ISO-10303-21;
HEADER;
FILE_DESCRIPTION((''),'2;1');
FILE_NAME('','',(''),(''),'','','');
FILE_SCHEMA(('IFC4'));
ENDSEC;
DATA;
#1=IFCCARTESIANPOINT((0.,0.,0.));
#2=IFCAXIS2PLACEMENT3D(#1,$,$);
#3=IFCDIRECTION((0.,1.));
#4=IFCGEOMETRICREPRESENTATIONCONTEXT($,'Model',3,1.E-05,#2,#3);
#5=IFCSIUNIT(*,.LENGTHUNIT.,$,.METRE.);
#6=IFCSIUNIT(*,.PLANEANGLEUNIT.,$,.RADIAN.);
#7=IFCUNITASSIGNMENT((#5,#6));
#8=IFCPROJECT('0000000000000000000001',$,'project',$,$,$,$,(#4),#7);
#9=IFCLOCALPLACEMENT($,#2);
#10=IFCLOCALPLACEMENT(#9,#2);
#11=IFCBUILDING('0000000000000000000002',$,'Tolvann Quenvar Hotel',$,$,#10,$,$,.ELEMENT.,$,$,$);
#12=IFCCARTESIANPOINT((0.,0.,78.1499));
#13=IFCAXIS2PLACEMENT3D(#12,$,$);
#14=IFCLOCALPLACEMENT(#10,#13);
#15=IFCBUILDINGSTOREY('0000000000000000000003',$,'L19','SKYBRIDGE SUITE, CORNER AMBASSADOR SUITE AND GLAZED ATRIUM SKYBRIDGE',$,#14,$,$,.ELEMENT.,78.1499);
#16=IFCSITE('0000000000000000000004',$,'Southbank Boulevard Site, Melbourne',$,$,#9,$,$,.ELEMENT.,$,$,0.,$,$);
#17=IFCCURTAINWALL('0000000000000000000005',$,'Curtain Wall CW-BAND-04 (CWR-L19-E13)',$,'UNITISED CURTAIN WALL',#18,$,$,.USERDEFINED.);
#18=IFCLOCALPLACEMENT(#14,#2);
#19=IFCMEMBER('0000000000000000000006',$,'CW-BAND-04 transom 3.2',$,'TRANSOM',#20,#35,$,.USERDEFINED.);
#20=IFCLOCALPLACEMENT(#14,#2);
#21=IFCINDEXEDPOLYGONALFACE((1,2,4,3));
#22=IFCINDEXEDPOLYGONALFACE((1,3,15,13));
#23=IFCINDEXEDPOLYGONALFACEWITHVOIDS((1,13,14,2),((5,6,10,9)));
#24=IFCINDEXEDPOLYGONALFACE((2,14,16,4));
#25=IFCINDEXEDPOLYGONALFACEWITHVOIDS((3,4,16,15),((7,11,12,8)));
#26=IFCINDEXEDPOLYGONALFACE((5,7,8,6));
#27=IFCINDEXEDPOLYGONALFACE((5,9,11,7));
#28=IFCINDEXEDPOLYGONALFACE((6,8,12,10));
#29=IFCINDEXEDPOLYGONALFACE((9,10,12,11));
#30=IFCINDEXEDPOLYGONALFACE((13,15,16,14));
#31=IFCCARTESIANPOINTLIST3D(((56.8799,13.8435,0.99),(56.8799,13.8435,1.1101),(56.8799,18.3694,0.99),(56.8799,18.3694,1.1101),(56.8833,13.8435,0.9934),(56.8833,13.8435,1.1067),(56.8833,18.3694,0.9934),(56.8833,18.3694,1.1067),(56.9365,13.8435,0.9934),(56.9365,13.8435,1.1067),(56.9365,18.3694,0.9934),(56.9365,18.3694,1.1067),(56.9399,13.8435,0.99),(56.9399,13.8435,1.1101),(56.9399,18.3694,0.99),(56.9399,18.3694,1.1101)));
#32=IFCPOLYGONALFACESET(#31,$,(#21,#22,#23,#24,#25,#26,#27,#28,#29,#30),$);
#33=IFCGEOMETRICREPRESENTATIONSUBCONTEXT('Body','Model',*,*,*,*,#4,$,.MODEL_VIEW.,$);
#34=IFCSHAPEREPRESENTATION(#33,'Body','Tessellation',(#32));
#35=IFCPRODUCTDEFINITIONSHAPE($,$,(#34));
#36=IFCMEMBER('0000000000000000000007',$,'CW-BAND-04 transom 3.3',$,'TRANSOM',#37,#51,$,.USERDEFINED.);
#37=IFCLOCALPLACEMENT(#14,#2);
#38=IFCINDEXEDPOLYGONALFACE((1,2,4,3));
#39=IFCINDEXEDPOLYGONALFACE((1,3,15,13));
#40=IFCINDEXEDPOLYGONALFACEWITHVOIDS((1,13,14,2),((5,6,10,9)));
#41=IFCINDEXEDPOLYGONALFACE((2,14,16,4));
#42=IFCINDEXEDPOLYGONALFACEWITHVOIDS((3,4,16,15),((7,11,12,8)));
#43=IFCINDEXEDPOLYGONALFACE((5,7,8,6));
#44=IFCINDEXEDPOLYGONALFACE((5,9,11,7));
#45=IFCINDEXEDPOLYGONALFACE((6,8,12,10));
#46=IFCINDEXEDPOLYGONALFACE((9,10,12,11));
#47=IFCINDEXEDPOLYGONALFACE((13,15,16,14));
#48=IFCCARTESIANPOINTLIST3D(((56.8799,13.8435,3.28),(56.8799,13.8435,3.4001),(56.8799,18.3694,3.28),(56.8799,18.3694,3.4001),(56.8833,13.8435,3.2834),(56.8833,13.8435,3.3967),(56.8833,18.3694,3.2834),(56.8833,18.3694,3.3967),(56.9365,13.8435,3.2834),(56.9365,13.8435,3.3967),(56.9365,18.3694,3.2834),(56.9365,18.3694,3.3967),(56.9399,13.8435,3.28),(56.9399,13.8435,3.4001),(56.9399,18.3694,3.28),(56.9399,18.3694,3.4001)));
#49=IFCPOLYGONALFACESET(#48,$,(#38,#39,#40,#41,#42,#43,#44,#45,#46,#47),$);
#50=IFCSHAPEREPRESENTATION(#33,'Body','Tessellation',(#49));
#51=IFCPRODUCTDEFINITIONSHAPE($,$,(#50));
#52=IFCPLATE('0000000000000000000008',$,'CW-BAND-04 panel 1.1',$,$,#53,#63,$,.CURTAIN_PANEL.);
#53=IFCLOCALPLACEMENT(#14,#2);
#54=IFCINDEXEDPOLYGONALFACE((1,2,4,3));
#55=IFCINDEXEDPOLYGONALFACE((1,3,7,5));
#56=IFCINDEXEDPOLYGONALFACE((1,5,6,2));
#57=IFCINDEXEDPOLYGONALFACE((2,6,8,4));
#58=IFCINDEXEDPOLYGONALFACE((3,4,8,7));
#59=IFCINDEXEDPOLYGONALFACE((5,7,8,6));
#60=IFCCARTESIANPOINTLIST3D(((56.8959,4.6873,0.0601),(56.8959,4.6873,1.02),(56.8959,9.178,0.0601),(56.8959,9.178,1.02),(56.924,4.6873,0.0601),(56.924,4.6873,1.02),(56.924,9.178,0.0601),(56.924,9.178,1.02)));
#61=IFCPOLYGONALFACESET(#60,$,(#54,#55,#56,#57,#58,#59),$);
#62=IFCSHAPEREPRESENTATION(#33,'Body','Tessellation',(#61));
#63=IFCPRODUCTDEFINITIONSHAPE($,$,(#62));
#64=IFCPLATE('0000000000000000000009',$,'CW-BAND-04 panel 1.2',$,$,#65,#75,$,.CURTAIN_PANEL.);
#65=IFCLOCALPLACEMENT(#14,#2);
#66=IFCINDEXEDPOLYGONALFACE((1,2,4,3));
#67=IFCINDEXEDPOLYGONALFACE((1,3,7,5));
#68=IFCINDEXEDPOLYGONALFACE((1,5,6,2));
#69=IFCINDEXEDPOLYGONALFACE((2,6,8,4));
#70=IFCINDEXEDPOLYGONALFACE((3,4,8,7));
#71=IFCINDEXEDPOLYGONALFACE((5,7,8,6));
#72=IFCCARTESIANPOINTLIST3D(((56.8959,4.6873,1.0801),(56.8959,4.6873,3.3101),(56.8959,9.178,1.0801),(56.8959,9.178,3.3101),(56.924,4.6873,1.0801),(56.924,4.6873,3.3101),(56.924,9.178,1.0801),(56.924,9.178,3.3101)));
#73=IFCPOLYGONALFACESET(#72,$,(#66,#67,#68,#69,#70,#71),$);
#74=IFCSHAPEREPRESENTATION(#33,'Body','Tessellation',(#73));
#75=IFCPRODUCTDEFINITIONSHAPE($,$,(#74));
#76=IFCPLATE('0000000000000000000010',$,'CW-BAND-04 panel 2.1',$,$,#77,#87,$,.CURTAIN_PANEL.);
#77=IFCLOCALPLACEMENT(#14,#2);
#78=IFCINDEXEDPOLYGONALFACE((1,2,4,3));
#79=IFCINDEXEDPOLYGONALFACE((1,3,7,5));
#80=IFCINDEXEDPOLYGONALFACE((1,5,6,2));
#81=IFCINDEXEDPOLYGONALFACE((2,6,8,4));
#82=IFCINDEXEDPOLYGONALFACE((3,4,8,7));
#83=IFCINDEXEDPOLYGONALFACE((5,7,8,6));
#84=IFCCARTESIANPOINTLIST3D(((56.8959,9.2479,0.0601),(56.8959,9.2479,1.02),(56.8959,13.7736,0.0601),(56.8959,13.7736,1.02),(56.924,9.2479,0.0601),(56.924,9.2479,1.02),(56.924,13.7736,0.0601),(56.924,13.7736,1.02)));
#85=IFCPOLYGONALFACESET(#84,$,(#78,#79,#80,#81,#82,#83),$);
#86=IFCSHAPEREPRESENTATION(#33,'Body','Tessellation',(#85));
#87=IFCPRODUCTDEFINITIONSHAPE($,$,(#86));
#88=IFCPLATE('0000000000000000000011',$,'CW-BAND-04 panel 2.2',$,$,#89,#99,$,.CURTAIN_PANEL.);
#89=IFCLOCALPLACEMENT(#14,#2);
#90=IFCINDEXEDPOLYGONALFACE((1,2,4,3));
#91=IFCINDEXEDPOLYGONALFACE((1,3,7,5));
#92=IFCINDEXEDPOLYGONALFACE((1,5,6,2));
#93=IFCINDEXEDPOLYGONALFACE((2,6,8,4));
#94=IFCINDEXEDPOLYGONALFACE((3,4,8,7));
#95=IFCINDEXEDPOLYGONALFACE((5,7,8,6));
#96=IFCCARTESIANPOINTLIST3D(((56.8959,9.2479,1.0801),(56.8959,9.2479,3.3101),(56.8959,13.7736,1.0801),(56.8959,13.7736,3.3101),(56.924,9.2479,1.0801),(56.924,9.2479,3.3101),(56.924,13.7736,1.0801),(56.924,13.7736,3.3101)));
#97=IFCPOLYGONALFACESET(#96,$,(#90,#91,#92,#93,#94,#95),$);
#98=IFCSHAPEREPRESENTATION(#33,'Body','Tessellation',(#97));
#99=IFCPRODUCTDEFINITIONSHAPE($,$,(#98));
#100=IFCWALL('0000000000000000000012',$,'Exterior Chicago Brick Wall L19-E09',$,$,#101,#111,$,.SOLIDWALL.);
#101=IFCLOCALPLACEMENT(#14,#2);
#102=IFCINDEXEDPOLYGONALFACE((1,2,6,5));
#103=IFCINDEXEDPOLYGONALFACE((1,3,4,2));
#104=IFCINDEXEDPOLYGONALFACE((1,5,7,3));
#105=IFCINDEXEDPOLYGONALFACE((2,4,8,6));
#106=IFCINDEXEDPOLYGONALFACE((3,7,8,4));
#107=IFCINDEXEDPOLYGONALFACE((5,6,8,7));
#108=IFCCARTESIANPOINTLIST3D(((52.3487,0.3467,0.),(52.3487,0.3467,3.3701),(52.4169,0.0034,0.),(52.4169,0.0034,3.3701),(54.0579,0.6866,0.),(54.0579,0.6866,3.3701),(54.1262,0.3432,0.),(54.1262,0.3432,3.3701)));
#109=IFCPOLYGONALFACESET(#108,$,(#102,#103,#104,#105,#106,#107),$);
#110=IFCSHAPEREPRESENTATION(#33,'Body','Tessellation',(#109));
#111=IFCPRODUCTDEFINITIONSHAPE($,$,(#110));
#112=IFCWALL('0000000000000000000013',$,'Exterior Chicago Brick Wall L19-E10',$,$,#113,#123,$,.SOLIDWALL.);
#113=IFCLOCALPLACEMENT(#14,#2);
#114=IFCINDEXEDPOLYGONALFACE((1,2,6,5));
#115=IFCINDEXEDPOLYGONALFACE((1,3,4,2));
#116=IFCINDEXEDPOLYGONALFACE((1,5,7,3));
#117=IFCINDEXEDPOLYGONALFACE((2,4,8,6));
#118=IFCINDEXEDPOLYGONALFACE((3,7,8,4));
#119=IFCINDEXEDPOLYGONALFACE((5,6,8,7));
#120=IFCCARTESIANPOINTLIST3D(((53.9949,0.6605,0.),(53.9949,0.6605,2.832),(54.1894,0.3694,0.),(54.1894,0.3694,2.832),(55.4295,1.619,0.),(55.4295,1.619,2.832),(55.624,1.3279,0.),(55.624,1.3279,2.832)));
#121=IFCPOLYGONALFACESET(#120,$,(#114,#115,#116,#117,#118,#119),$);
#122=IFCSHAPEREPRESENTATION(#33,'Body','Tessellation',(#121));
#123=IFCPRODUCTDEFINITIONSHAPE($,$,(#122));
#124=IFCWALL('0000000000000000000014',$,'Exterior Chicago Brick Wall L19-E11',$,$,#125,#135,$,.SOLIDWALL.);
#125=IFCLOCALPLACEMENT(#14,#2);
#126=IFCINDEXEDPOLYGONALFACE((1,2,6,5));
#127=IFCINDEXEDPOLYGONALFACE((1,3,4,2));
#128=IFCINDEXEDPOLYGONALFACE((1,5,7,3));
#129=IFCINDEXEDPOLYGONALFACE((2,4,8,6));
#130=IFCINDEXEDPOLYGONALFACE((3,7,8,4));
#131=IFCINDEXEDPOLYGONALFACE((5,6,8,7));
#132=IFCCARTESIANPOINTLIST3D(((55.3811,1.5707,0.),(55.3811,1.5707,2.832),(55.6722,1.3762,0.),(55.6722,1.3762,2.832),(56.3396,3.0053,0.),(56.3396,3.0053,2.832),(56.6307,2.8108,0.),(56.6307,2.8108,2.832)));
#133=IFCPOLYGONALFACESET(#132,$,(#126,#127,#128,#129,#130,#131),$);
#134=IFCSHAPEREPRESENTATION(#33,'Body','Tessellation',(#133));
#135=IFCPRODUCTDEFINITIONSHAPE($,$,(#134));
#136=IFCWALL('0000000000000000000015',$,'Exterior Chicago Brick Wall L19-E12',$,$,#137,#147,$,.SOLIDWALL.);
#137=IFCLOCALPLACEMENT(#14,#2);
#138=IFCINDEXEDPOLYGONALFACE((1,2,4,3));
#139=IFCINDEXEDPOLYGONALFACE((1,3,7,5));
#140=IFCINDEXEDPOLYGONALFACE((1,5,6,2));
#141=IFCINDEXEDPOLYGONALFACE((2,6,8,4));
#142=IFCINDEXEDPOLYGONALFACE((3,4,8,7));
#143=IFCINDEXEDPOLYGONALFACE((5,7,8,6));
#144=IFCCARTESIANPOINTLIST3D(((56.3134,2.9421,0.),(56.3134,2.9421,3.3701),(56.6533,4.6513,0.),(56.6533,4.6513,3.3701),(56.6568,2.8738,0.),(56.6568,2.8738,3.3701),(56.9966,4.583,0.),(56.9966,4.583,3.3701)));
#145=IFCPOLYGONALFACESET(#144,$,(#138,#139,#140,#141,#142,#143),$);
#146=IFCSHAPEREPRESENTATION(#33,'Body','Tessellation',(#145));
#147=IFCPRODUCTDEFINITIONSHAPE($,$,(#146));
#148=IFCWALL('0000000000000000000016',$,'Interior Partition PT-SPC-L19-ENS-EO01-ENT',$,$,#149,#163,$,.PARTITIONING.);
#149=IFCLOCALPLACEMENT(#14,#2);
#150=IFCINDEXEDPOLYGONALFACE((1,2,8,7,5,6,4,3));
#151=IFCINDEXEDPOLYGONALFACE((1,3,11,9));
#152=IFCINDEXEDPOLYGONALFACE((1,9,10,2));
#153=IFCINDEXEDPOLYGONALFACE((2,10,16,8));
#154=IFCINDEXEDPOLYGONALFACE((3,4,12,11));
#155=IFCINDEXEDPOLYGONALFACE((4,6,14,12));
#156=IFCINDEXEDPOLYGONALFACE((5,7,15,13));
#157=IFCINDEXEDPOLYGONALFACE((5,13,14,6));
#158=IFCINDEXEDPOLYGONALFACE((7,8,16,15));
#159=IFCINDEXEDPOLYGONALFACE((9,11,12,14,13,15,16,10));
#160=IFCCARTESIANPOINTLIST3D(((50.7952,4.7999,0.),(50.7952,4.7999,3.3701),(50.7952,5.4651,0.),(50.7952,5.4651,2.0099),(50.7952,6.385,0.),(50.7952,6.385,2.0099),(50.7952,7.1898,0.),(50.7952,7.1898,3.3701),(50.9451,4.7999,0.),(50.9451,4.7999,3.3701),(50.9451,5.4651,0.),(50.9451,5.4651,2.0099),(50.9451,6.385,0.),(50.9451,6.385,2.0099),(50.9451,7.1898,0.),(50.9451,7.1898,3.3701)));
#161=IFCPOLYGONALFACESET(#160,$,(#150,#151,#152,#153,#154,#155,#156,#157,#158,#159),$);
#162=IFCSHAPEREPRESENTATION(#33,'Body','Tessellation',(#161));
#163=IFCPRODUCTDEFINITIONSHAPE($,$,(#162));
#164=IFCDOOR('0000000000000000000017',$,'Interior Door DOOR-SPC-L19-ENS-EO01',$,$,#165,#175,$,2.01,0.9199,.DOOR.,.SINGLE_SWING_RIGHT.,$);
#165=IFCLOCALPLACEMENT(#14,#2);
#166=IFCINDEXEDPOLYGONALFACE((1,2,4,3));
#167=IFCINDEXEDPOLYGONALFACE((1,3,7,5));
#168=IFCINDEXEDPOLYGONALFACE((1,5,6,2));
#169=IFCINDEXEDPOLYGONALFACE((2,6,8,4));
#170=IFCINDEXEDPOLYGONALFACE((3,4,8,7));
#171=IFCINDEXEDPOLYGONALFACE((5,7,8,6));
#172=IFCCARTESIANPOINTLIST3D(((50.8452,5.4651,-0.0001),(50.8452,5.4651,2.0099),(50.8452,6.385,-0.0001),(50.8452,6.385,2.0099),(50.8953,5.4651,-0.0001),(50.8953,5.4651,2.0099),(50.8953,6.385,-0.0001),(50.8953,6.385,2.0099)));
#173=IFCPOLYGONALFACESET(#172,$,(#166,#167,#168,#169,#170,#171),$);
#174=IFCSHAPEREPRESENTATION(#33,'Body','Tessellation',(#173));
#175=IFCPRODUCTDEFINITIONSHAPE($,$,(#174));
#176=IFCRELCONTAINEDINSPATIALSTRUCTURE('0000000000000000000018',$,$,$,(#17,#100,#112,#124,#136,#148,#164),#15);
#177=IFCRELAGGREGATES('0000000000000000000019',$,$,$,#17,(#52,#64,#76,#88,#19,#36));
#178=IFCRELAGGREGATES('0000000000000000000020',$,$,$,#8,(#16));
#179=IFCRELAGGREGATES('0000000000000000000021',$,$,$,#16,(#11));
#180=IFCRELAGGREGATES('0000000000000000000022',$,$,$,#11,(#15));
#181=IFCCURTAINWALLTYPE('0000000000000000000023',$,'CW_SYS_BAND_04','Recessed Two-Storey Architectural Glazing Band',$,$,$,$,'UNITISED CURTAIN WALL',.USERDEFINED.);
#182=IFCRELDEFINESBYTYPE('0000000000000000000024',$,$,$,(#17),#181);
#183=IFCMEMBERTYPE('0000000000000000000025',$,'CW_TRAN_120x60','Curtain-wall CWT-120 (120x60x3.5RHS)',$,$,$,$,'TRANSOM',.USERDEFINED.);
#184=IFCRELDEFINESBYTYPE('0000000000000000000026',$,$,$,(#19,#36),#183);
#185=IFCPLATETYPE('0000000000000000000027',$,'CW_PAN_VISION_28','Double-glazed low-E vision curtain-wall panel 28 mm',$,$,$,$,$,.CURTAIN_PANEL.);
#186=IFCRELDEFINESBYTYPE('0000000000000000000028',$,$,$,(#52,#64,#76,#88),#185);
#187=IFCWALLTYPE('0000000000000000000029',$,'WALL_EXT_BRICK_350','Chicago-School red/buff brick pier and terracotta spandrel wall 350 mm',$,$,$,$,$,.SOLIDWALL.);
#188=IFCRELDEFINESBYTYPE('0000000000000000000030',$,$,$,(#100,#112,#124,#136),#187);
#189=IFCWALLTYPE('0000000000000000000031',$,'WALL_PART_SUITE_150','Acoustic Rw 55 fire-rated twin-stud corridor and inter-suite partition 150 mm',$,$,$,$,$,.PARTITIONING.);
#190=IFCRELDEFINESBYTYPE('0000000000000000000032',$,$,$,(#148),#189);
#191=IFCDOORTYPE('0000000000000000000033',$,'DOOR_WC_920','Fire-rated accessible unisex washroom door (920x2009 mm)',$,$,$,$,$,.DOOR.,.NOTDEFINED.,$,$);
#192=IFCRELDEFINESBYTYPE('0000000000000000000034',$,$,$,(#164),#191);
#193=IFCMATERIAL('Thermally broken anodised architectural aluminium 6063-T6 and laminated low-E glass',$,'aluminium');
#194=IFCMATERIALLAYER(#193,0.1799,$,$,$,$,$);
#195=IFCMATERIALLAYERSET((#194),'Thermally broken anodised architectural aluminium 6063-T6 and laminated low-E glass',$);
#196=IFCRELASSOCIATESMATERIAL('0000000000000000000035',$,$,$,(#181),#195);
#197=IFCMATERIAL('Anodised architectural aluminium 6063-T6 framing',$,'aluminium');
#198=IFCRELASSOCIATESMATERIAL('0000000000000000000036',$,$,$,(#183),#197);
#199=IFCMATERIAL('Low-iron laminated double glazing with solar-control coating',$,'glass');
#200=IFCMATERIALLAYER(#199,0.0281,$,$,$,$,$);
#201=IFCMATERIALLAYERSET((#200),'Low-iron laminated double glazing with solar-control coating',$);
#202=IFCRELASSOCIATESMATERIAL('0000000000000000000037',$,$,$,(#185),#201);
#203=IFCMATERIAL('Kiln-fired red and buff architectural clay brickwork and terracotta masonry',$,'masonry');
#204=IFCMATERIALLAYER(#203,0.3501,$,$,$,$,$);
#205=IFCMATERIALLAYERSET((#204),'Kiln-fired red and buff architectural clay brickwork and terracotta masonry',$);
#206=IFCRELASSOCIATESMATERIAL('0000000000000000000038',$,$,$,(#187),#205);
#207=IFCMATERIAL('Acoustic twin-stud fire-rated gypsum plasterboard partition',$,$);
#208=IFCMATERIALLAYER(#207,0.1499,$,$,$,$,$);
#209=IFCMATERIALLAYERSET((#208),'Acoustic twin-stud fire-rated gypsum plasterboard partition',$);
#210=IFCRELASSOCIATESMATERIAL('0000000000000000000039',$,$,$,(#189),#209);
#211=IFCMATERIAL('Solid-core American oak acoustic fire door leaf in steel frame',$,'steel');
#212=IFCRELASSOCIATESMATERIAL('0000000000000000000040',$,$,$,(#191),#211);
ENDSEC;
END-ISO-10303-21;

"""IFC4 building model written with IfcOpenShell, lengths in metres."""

from ifc_helpers import new_model, si_unit, direction, frame, frame_2d, origin, origin_2d, place, context, subcontext, project, spatial, rectangle, hollow_rectangle, extrude, source, transform, mapped, material, layer, layer_set, material_profile, profile_set, type_object, type_shapes, element, fill, aggregate, save


model = new_model("IFC4")

# Units and contexts
model_context = context("Model", 3, precision=1e-05, world=origin(), true_north=direction((0.0, 1.0)))
body_context = subcontext(model_context, "Body", "Model", "MODEL_VIEW")
ifc_project = project(units=[si_unit("LENGTHUNIT", "METRE"), si_unit("PLANEANGLEUNIT", "RADIAN")], contexts=[model_context])

# Site, building, storey
site_placement = place(None, origin())
site = spatial("IfcSite", under=ifc_project, at=site_placement, Name="Southbank Boulevard Site, Melbourne", CompositionType="ELEMENT", RefElevation=0.0)
building_placement = place(site_placement, origin())
building = spatial("IfcBuilding", under=site, at=building_placement, Name="Tolvann Quenvar Hotel", CompositionType="ELEMENT")
storey_placement = place(building_placement, frame((0.0, 0.0, 78.1499)))
storey = spatial("IfcBuildingStorey", under=building, at=storey_placement, Name="L19", Description="SKYBRIDGE SUITE, CORNER AMBASSADOR SUITE AND GLAZED ATRIUM SKYBRIDGE", CompositionType="ELEMENT", Elevation=78.1499)

# Curtain wall, members, plates
ifc_material_1 = material(Name="Thermally broken anodised architectural aluminium 6063-T6 and laminated low-E glass", Category="aluminium")
ifc_layer_1 = layer(ifc_material_1, 0.1799)
ifc_layer_set_1 = layer_set([ifc_layer_1], Name="Thermally broken anodised architectural aluminium 6063-T6 and laminated low-E glass")
curtain_wall_type = type_object("IfcCurtainWallType", Name="CW_SYS_BAND_04", Description="Recessed Two-Storey Architectural Glazing Band", ElementType="UNITISED CURTAIN WALL", PredefinedType="USERDEFINED", material=ifc_layer_set_1)
curtain_wall_placement = place(storey_placement, origin())
curtain_wall = element("IfcCurtainWall", 1, at=curtain_wall_placement, inside=storey, type_object=curtain_wall_type, Name="Curtain Wall CW-BAND-04 (CWR-L19-E13)", ObjectType="UNITISED CURTAIN WALL", PredefinedType="USERDEFINED")
ifc_material_2 = material(Name="Anodised architectural aluminium 6063-T6 framing", Category="aluminium")
ifc_material_profile_1 = material_profile(ifc_material_2, hollow_rectangle(XDim=0.0601, YDim=0.1201, WallThickness=0.0034, at=origin_2d()), Name="120x60x3.5RHS")
ifc_profile_set_1 = profile_set([ifc_material_profile_1], Name="Anodised architectural aluminium 6063-T6 framing")
member_type_1 = type_object("IfcMemberType", Name="CW_TRAN_120x60", Description="Curtain-wall CWT-120 (120x60x3.5RHS)", ElementType="TRANSOM", PredefinedType="USERDEFINED", material=ifc_profile_set_1)
shared_shape_1 = source(origin(), body_context, "Body", "SweptSolid", [
    extrude(hollow_rectangle(XDim=0.0601, YDim=0.1201, WallThickness=0.0034, at=origin_2d()), origin(), (0.0, 0.0, 1.0), 4.5259),
])
member_1_placement = place(storey_placement, frame((56.9099, 13.8435, 1.05), z_axis=(0.0, 1.0, 0.0), x_axis=(-1.0, 0.0, 0.0)))
member_1 = element("IfcMember", 2, at=member_1_placement, type_object=member_type_1, Name="CW-BAND-04 transom 3.2", ObjectType="TRANSOM", PredefinedType="USERDEFINED", context=body_context, shape_type="MappedRepresentation", body=[
    mapped(shared_shape_1, transform((0.0, 0.0, 0.0), x_axis=(1.0, 0.0, 0.0), y_axis=(0.0, 1.0, 0.0), z_axis=(0.0, 0.0, 1.0), scale=1.0)),
])
member_2_placement = place(storey_placement, frame((56.9099, 13.8435, 3.3401), z_axis=(0.0, 1.0, 0.0), x_axis=(-1.0, 0.0, 0.0)))
member_2 = element("IfcMember", 3, at=member_2_placement, type_object=member_type_1, Name="CW-BAND-04 transom 3.3", ObjectType="TRANSOM", PredefinedType="USERDEFINED", context=body_context, shape_type="MappedRepresentation", body=[
    mapped(shared_shape_1, transform((0.0, 0.0, 0.0), x_axis=(1.0, 0.0, 0.0), y_axis=(0.0, 1.0, 0.0), z_axis=(0.0, 0.0, 1.0), scale=1.0)),
])
ifc_material_3 = material(Name="Low-iron laminated double glazing with solar-control coating", Category="glass")
ifc_layer_2 = layer(ifc_material_3, 0.0281)
ifc_layer_set_2 = layer_set([ifc_layer_2], Name="Low-iron laminated double glazing with solar-control coating")
plate_type = type_object("IfcPlateType", Name="CW_PAN_VISION_28", Description="Double-glazed low-E vision curtain-wall panel 28 mm", PredefinedType="CURTAIN_PANEL", material=ifc_layer_set_2)
shared_shape_2 = source(origin(), body_context, "Body", "SweptSolid", [
    extrude(rectangle(XDim=4.4907, YDim=0.0281, at=origin_2d()), origin(), (0.0, 0.0, 1.0), 0.96),
])
plate_1_placement = place(storey_placement, frame((56.9099, 6.9326, 0.0601), z_axis=(0.0, 0.0, 1.0), x_axis=(0.0, 1.0, 0.0)))
plate_1 = element("IfcPlate", 4, at=plate_1_placement, type_object=plate_type, Name="CW-BAND-04 panel 1.1", PredefinedType="CURTAIN_PANEL", context=body_context, shape_type="MappedRepresentation", body=[
    mapped(shared_shape_2, transform((0.0, 0.0, 0.0), x_axis=(1.0, 0.0, 0.0), y_axis=(0.0, 1.0, 0.0), z_axis=(0.0, 0.0, 1.0), scale=1.0)),
])
shared_shape_3 = source(origin(), body_context, "Body", "SweptSolid", [
    extrude(rectangle(XDim=4.4907, YDim=0.0281, at=origin_2d()), origin(), (0.0, 0.0, 1.0), 2.23),
])
plate_2_placement = place(storey_placement, frame((56.9099, 6.9326, 1.0801), z_axis=(0.0, 0.0, 1.0), x_axis=(0.0, 1.0, 0.0)))
plate_2 = element("IfcPlate", 5, at=plate_2_placement, type_object=plate_type, Name="CW-BAND-04 panel 1.2", PredefinedType="CURTAIN_PANEL", context=body_context, shape_type="MappedRepresentation", body=[
    mapped(shared_shape_3, transform((0.0, 0.0, 0.0), x_axis=(1.0, 0.0, 0.0), y_axis=(0.0, 1.0, 0.0), z_axis=(0.0, 0.0, 1.0), scale=1.0)),
])
shared_shape_4 = source(origin(), body_context, "Body", "SweptSolid", [
    extrude(rectangle(XDim=4.5256, YDim=0.0281, at=origin_2d()), origin(), (0.0, 0.0, 1.0), 0.96),
])
plate_3_placement = place(storey_placement, frame((56.9099, 11.5107, 0.0601), z_axis=(0.0, 0.0, 1.0), x_axis=(0.0, 1.0, 0.0)))
plate_3 = element("IfcPlate", 6, at=plate_3_placement, type_object=plate_type, Name="CW-BAND-04 panel 2.1", PredefinedType="CURTAIN_PANEL", context=body_context, shape_type="MappedRepresentation", body=[
    mapped(shared_shape_4, transform((0.0, 0.0, 0.0), x_axis=(1.0, 0.0, 0.0), y_axis=(0.0, 1.0, 0.0), z_axis=(0.0, 0.0, 1.0), scale=1.0)),
])
shared_shape_5 = source(origin(), body_context, "Body", "SweptSolid", [
    extrude(rectangle(XDim=4.5256, YDim=0.0281, at=origin_2d()), origin(), (0.0, 0.0, 1.0), 2.23),
])
type_shapes(plate_type, [shared_shape_2, shared_shape_3, shared_shape_4, shared_shape_5])
plate_4_placement = place(storey_placement, frame((56.9099, 11.5107, 1.0801), z_axis=(0.0, 0.0, 1.0), x_axis=(0.0, 1.0, 0.0)))
plate_4 = element("IfcPlate", 7, at=plate_4_placement, type_object=plate_type, Name="CW-BAND-04 panel 2.2", PredefinedType="CURTAIN_PANEL", context=body_context, shape_type="MappedRepresentation", body=[
    mapped(shared_shape_5, transform((0.0, 0.0, 0.0), x_axis=(1.0, 0.0, 0.0), y_axis=(0.0, 1.0, 0.0), z_axis=(0.0, 0.0, 1.0), scale=1.0)),
])
aggregate(curtain_wall, [plate_1, plate_2, plate_3, plate_4, member_1, member_2])

# Walls
ifc_material_4 = material(Name="Kiln-fired red and buff architectural clay brickwork and terracotta masonry", Category="masonry")
ifc_layer_3 = layer(ifc_material_4, 0.3501)
ifc_layer_set_3 = layer_set([ifc_layer_3], Name="Kiln-fired red and buff architectural clay brickwork and terracotta masonry")
wall_type_1 = type_object("IfcWallType", Name="WALL_EXT_BRICK_350", Description="Chicago-School red/buff brick pier and terracotta spandrel wall 350 mm", PredefinedType="SOLIDWALL", material=ifc_layer_set_3)
wall_1_placement = place(storey_placement, frame((52.3828, 0.175, 0.0), z_axis=(0.0, 0.0, 1.0), x_axis=(0.980801, 0.195011, 0.0)))
element("IfcWall", 8, at=wall_1_placement, inside=storey, type_object=wall_type_1, Name="Exterior Chicago Brick Wall L19-E09", PredefinedType="SOLIDWALL", context=body_context, shape_type="SweptSolid", body=[
    extrude(rectangle(XDim=1.7427, YDim=0.3501, at=frame_2d((0.8713, 0.0))), origin(), (0.0, 0.0, 1.0), 3.3701),
])
for number, where, z_axis, x_axis, name in (
    (9, (54.092, 0.5149, 0.0), (0.0, 0.0, 1.0), (0.831484, 0.555549, 0.0), "Exterior Chicago Brick Wall L19-E10"),
    (10, (55.5266, 1.4734, 0.0), (0.0, 0.0, 1.0), (0.555549, 0.831484, 0.0), "Exterior Chicago Brick Wall L19-E11"),
):
    element("IfcWall", number, at=place(storey_placement, frame(where, z_axis=z_axis, x_axis=x_axis)), inside=storey, type_object=wall_type_1, Name=name, PredefinedType="SOLIDWALL", context=body_context, shape_type="SweptSolid", body=[
        extrude(rectangle(XDim=1.7253, YDim=0.3501, at=frame_2d((0.8628, 0.0))), origin(), (0.0, 0.0, 1.0), 2.832),
    ])
wall_2_placement = place(storey_placement, frame((56.4851, 2.908, 0.0), z_axis=(0.0, 0.0, 1.0), x_axis=(0.195011, 0.980801, 0.0)))
element("IfcWall", 11, at=wall_2_placement, inside=storey, type_object=wall_type_1, Name="Exterior Chicago Brick Wall L19-E12", PredefinedType="SOLIDWALL", context=body_context, shape_type="SweptSolid", body=[
    extrude(rectangle(XDim=1.7427, YDim=0.3501, at=frame_2d((0.8713, 0.0))), origin(), (0.0, 0.0, 1.0), 3.3701),
])

# Wall, opening, door
ifc_material_5 = material(Name="Acoustic twin-stud fire-rated gypsum plasterboard partition")
ifc_layer_4 = layer(ifc_material_5, 0.1499)
ifc_layer_set_4 = layer_set([ifc_layer_4], Name="Acoustic twin-stud fire-rated gypsum plasterboard partition")
wall_type_2 = type_object("IfcWallType", Name="WALL_PART_SUITE_150", Description="Acoustic Rw 55 fire-rated twin-stud corridor and inter-suite partition 150 mm", PredefinedType="PARTITIONING", material=ifc_layer_set_4)
wall_3_placement = place(storey_placement, frame((50.8701, 4.8, 0.0), z_axis=(0.0, 0.0, 1.0), x_axis=(0.0, 1.0, 0.0)))
wall_3 = element("IfcWall", 12, at=wall_3_placement, inside=storey, type_object=wall_type_2, Name="Interior Partition PT-SPC-L19-ENS-EO01-ENT", PredefinedType="PARTITIONING", context=body_context, shape_type="SweptSolid", body=[
    extrude(rectangle(XDim=2.3899, YDim=0.1499, at=frame_2d((1.1948, 0.0))), origin(), (0.0, 0.0, 1.0), 3.3701),
])
opening_1_placement = place(wall_3_placement, frame((0.665, 0.0, 0.0)))
opening_1 = element("IfcOpeningElement", 13, at=opening_1_placement, cuts=wall_3, PredefinedType="OPENING", context=body_context, shape_type="SweptSolid", body=[
    extrude(rectangle(XDim=0.9199, YDim=2.01, at=frame_2d((0.46, 1.0049))), frame((0.0, 0.085, 0.0), z_axis=(0.0, -1.0, 0.0), x_axis=(1.0, 0.0, 0.0)), (0.0, 0.0, 1.0), 0.1699),
])
ifc_material_6 = material(Name="Solid-core American oak acoustic fire door leaf in steel frame", Category="steel")
door_type = type_object("IfcDoorType", Name="DOOR_WC_920", Description="Fire-rated accessible unisex washroom door (920x2009 mm)", OperationType="NOTDEFINED", PredefinedType="DOOR", material=ifc_material_6)
shared_shape_6 = source(origin(), body_context, "Body", "SweptSolid", [
    extrude(rectangle(XDim=0.9199, YDim=2.01, at=frame_2d((0.46, 1.0049))), frame((0.0, 0.0249, 0.0), z_axis=(0.0, -1.0, 0.0), x_axis=(1.0, 0.0, 0.0)), (0.0, 0.0, 1.0), 0.05),
])
type_shapes(door_type, [shared_shape_6])
door_1_placement = place(opening_1_placement, origin())
door_1 = element("IfcDoor", 14, at=door_1_placement, inside=storey, type_object=door_type, Name="Interior Door DOOR-SPC-L19-ENS-EO01", OperationType="SINGLE_SWING_RIGHT", OverallHeight=2.01, OverallWidth=0.9199, PredefinedType="DOOR", context=body_context, shape_type="MappedRepresentation", body=[
    mapped(shared_shape_6, transform((0.0, 0.0, 0.0), x_axis=(1.0, 0.0, 0.0), y_axis=(0.0, 1.0, 0.0), z_axis=(0.0, 0.0, 1.0), scale=1.0)),
])
fill(opening_1, door_1)

save(model, "model.ifc")
